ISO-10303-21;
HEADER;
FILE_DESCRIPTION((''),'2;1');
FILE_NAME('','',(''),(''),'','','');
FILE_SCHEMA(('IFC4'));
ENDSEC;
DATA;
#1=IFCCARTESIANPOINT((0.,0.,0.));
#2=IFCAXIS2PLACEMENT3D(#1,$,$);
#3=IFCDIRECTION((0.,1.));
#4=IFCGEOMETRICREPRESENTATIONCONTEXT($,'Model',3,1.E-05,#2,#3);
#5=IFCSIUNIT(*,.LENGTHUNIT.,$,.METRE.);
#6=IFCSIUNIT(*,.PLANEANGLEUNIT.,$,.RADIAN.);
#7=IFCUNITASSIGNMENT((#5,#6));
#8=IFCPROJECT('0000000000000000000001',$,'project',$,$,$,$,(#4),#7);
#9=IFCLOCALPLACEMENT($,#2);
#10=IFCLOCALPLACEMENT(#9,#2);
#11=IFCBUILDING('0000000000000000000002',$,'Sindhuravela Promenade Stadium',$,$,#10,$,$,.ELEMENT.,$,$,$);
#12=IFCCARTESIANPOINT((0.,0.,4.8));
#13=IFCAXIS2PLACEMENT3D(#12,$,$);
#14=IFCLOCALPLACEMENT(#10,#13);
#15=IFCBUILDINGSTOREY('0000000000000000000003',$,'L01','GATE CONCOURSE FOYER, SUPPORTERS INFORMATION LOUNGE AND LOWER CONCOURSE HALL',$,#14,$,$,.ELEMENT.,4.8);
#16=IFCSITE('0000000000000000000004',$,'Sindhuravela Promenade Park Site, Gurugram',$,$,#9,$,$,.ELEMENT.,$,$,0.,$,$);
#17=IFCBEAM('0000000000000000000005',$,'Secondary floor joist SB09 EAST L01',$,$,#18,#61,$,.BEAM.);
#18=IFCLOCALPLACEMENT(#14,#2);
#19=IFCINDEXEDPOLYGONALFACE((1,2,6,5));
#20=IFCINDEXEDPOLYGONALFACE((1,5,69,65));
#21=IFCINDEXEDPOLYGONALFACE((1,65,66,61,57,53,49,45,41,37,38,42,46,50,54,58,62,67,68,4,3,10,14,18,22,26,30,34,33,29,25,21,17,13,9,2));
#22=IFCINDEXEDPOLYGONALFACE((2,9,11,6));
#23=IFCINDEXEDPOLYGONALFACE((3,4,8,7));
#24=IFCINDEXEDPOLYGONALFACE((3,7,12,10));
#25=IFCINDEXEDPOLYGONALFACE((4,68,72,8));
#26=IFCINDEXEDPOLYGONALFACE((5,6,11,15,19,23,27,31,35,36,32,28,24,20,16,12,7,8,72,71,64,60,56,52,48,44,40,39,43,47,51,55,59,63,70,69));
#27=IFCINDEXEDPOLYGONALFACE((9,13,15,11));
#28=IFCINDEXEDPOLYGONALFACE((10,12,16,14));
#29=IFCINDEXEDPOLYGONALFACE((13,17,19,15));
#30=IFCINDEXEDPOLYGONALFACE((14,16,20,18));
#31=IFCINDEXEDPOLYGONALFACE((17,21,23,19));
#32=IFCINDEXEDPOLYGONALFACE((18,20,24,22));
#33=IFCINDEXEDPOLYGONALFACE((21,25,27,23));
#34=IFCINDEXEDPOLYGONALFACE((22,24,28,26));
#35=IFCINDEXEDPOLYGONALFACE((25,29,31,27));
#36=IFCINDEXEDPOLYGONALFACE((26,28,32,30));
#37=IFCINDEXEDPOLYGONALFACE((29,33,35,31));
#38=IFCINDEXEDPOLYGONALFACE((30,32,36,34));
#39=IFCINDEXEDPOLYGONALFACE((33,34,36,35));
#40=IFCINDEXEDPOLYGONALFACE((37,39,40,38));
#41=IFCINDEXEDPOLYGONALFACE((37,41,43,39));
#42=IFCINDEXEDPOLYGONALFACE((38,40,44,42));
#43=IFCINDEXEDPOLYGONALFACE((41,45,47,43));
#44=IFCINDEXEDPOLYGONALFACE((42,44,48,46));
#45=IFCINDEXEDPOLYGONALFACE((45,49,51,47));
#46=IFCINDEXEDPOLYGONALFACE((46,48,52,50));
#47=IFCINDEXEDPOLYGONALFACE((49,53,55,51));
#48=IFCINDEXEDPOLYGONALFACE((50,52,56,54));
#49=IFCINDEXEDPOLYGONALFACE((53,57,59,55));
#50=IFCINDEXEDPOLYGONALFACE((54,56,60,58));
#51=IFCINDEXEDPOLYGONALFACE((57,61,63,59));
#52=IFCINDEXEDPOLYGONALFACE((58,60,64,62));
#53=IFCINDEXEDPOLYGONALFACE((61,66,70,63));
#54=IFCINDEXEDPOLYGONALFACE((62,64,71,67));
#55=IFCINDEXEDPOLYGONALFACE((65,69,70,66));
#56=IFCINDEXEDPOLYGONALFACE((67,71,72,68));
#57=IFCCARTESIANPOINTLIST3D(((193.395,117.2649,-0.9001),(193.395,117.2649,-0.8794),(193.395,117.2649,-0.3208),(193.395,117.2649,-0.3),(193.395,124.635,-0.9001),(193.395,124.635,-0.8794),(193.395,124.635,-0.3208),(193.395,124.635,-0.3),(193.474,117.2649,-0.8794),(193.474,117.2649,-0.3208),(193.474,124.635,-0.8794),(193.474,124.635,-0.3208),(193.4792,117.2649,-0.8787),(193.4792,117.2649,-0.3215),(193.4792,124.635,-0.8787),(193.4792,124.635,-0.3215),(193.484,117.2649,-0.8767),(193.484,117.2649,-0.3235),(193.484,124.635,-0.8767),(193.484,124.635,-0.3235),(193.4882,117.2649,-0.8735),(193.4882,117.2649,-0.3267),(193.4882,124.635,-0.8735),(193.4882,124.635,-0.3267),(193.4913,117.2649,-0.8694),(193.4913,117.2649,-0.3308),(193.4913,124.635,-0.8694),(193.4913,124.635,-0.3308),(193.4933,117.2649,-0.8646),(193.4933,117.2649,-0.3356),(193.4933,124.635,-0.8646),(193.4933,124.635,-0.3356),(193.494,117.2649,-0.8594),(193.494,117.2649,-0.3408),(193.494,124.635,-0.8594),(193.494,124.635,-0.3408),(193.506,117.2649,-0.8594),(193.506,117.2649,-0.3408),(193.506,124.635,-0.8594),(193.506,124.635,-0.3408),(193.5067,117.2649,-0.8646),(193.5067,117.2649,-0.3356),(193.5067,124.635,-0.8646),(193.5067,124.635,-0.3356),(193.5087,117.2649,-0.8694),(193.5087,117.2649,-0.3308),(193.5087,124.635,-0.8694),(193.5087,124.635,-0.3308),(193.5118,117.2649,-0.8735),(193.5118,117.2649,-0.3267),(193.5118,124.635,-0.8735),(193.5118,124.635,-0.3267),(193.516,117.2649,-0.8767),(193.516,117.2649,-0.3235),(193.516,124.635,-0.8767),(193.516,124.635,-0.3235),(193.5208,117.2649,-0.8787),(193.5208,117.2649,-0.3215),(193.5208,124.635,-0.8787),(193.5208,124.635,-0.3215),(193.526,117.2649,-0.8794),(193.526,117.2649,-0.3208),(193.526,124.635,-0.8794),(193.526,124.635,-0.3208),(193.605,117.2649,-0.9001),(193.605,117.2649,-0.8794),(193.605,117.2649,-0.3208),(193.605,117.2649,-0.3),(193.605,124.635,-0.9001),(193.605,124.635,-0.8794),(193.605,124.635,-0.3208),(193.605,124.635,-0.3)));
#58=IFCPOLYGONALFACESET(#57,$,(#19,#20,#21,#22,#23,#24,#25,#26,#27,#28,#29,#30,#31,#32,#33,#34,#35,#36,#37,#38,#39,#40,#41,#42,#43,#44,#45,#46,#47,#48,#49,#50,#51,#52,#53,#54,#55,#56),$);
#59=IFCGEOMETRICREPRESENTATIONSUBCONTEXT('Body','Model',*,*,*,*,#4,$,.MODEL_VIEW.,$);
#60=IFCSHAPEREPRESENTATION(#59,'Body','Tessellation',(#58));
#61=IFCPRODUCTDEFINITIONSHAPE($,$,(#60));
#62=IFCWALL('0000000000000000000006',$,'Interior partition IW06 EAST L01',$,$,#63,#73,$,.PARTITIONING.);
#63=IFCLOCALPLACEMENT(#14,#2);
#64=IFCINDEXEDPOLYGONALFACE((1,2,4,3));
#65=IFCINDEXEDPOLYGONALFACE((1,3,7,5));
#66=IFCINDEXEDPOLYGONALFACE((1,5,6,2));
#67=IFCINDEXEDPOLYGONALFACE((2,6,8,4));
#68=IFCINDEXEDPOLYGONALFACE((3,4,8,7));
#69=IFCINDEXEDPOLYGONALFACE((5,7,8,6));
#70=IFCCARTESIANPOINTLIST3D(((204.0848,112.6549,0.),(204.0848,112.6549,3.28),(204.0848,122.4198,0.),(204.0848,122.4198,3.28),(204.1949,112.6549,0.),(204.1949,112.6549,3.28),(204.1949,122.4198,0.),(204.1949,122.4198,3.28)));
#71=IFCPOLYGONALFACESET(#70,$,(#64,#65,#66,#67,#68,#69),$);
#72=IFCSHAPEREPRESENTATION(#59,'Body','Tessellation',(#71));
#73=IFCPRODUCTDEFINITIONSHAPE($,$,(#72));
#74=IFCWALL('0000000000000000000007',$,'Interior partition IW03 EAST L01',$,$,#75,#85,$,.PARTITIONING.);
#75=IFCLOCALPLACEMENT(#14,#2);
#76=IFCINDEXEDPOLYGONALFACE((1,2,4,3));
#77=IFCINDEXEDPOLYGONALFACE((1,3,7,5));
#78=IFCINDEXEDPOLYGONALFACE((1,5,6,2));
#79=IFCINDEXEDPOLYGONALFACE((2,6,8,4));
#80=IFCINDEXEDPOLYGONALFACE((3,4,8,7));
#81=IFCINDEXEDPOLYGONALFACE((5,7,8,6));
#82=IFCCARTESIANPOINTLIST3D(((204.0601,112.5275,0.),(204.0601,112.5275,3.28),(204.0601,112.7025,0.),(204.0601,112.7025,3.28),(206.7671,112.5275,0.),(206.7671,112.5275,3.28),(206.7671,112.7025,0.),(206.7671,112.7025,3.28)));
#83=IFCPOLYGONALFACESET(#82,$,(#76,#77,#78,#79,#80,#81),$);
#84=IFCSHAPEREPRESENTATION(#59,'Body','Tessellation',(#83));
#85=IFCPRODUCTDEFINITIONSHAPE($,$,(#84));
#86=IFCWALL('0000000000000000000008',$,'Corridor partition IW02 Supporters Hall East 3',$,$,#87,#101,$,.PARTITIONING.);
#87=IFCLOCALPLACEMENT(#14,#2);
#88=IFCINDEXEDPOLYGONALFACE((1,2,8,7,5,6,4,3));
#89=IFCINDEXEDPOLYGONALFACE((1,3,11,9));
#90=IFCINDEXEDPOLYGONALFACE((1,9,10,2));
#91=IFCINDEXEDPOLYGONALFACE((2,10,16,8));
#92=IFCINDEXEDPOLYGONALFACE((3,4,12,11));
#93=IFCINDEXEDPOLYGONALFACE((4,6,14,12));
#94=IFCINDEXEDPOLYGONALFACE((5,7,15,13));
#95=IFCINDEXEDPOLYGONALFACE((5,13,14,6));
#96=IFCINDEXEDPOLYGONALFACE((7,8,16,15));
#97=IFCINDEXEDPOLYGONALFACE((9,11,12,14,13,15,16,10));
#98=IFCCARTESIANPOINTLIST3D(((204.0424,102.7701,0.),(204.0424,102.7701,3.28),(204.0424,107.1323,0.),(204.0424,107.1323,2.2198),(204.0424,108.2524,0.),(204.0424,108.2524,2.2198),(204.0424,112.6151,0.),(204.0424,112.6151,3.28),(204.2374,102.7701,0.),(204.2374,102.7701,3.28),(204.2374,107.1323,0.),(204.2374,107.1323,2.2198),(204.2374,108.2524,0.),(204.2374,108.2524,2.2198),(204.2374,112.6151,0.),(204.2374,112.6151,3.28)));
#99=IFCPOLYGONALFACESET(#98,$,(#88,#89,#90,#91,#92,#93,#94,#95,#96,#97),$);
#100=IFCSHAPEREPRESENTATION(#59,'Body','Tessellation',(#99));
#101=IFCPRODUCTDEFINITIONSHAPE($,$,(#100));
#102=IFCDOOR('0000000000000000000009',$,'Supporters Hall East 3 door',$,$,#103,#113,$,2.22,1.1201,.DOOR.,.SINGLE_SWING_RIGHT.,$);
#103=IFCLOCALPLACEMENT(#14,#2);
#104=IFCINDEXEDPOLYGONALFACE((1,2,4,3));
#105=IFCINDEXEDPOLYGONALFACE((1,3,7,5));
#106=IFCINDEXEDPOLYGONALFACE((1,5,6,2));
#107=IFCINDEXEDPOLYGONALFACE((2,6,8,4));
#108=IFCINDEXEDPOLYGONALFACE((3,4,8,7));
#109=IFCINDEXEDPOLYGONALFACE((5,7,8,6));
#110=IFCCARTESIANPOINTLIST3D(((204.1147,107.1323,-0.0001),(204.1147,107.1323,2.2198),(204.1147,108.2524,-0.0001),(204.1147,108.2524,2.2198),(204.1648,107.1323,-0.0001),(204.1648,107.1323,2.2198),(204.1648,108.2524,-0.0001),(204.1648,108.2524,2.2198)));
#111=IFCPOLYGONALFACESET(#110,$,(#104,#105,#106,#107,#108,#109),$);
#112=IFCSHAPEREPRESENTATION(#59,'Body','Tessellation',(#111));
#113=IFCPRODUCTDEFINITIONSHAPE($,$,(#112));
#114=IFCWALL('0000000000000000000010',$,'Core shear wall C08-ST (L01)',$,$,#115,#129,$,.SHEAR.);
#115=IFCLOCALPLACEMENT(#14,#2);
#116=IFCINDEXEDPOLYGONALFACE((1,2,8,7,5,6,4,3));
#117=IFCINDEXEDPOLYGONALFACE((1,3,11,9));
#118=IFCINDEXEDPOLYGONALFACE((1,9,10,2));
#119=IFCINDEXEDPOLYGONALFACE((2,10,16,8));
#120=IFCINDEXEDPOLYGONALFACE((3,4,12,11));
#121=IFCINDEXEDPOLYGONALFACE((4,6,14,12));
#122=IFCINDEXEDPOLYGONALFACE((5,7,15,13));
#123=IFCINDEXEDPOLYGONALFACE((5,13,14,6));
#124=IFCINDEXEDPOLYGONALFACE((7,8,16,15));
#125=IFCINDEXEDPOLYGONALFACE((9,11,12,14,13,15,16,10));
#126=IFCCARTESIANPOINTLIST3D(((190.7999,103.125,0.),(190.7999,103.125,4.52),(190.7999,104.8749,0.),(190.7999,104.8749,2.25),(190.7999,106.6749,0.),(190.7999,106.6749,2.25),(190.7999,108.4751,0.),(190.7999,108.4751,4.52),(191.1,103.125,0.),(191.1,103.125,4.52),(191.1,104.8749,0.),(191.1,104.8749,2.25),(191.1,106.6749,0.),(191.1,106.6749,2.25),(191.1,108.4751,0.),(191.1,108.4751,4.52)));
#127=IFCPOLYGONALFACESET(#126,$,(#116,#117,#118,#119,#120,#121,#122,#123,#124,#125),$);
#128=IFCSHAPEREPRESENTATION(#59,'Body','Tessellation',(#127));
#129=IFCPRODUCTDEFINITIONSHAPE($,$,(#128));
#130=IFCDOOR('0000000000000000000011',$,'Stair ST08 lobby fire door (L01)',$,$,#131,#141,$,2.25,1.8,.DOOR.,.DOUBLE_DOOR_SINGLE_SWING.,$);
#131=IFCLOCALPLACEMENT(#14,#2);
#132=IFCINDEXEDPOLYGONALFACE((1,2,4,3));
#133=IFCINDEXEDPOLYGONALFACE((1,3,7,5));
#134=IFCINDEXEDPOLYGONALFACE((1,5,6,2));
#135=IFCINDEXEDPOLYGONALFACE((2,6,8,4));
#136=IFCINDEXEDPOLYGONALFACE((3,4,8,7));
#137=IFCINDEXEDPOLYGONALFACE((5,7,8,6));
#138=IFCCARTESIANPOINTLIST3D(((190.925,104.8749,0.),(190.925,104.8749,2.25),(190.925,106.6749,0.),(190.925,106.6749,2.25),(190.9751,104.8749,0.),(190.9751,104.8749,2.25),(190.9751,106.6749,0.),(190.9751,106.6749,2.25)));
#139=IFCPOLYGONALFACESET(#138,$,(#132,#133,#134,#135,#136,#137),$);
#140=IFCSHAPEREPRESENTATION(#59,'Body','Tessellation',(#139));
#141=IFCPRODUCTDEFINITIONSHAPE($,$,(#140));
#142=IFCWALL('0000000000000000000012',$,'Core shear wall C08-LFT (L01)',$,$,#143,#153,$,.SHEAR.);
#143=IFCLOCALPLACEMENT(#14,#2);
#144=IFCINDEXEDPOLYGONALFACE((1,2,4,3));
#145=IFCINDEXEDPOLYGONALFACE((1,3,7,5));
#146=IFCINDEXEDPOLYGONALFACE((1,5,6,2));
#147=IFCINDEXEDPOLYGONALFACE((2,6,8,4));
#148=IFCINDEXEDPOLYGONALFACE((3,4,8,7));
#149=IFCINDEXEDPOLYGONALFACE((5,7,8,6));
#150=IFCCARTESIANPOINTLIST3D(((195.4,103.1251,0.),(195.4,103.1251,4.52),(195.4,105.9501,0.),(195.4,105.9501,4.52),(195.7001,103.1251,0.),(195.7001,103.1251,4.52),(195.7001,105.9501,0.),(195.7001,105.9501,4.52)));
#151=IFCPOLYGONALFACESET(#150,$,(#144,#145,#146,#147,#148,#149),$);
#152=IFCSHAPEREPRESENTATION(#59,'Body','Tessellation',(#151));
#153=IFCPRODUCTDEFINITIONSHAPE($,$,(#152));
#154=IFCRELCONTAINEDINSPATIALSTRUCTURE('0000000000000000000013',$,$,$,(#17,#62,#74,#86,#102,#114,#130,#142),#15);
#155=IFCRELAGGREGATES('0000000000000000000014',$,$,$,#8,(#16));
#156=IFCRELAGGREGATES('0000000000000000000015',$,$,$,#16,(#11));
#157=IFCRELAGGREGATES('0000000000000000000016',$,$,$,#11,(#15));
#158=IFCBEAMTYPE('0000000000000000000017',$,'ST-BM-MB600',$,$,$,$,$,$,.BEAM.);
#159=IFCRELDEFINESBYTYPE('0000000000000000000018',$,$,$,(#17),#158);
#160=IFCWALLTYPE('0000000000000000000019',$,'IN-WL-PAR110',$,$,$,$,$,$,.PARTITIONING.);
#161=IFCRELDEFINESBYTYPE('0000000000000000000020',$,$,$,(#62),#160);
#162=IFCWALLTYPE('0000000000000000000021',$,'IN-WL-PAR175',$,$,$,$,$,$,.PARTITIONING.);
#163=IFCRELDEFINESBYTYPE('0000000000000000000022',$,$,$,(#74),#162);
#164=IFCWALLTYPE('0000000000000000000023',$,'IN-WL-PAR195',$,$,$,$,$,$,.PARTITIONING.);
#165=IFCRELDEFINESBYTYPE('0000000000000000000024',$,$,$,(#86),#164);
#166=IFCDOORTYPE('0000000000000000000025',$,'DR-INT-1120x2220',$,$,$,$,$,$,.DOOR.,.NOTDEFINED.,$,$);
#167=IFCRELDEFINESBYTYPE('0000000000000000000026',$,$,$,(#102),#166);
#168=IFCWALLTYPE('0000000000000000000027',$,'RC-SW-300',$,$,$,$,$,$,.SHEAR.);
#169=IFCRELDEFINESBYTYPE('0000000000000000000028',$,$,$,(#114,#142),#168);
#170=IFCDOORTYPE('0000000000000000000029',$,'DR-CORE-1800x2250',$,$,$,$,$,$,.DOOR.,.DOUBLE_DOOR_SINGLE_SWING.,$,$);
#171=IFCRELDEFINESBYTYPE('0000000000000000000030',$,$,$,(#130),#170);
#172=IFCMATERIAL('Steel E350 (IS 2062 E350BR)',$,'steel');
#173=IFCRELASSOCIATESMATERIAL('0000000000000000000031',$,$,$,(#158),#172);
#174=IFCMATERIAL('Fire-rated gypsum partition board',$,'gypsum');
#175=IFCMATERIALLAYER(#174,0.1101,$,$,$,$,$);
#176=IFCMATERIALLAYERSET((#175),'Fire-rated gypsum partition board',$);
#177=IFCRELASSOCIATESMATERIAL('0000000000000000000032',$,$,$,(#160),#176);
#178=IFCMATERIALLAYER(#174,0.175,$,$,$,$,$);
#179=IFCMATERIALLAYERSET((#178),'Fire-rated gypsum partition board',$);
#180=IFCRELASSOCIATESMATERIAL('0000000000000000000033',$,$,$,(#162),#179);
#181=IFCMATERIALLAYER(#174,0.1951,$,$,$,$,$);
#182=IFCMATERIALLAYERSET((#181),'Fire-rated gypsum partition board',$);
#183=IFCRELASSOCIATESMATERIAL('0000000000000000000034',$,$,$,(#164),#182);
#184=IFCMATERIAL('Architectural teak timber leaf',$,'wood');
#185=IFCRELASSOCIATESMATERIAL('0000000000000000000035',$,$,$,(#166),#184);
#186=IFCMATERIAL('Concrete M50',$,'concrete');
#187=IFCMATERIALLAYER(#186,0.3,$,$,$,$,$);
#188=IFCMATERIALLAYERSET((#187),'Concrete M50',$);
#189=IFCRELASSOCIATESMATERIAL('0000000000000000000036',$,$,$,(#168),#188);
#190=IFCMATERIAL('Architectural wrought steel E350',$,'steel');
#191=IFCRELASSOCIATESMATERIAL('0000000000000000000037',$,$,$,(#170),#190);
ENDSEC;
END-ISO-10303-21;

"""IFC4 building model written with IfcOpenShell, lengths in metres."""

from ifc_helpers import new_model, si_unit, direction, frame, frame_2d, origin, origin_2d, place, context, subcontext, project, spatial, rectangle, i_section, extrude, material, layer, layer_set, material_profile, profile_set, type_object, element, fill, save


model = new_model("IFC4")

# Units and contexts
model_context = context("Model", 3, precision=1e-05, world=origin(), true_north=direction((0.0, 1.0)))
body_context = subcontext(model_context, "Body", "Model", "MODEL_VIEW")
ifc_project = project(units=[si_unit("LENGTHUNIT", "METRE"), si_unit("PLANEANGLEUNIT", "RADIAN")], contexts=[model_context])

# Site, building, storey
site_placement = place(None, origin())
site = spatial("IfcSite", under=ifc_project, at=site_placement, Name="Sindhuravela Promenade Park Site, Gurugram", CompositionType="ELEMENT", RefElevation=0.0)
building_placement = place(site_placement, origin())
building = spatial("IfcBuilding", under=site, at=building_placement, Name="Sindhuravela Promenade Stadium", CompositionType="ELEMENT")
storey_placement = place(building_placement, frame((0.0, 0.0, 4.8)))
storey = spatial("IfcBuildingStorey", under=building, at=storey_placement, Name="L01", Description="GATE CONCOURSE FOYER, SUPPORTERS INFORMATION LOUNGE AND LOWER CONCOURSE HALL", CompositionType="ELEMENT", Elevation=4.8)

# Shared definitions
ifc_material_1 = material(Name="Concrete M50", Category="concrete")

# Beam
ifc_material_2 = material(Name="Steel E350 (IS 2062 E350BR)", Category="steel")
ifc_material_profile_1 = material_profile(ifc_material_2, i_section(OverallWidth=0.21, OverallDepth=0.6001, WebThickness=0.012, FlangeThickness=0.0208, FilletRadius=0.02, at=origin_2d()), Name="ISMB 600")
ifc_profile_set_1 = profile_set([ifc_material_profile_1], Name="Steel E350 (IS 2062 E350BR)")
beam_type_1 = type_object("IfcBeamType", Name="ST-BM-MB600", PredefinedType="BEAM", material=ifc_profile_set_1)
beam_1_placement = place(storey_placement, frame((193.5, 117.2649, -0.6001), z_axis=(0.0, 1.0, 0.0), x_axis=(-1.0, 0.0, 0.0)))
element("IfcBeam", 1, at=beam_1_placement, inside=storey, type_object=beam_type_1, Name="Secondary floor joist SB09 EAST L01", PredefinedType="BEAM", context=body_context, shape_type="SweptSolid", body=[
    extrude(i_section(OverallWidth=0.21, OverallDepth=0.6001, WebThickness=0.012, FlangeThickness=0.0208, FilletRadius=0.02, at=origin_2d()), origin(), (0.0, 0.0, 1.0), 7.3701),
])

# Walls
ifc_material_3 = material(Name="Fire-rated gypsum partition board", Category="gypsum")
ifc_layer_1 = layer(ifc_material_3, 0.1101)
ifc_layer_set_1 = layer_set([ifc_layer_1], Name="Fire-rated gypsum partition board")
wall_type_1 = type_object("IfcWallType", Name="IN-WL-PAR110", PredefinedType="PARTITIONING", material=ifc_layer_set_1)
wall_1_placement = place(storey_placement, frame((204.1399, 112.655, 0.0), z_axis=(0.0, 0.0, 1.0), x_axis=(0.0, 1.0, 0.0)))
element("IfcWall", 2, at=wall_1_placement, inside=storey, type_object=wall_type_1, Name="Interior partition IW06 EAST L01", PredefinedType="PARTITIONING", context=body_context, shape_type="SweptSolid", body=[
    extrude(rectangle(XDim=9.7649, YDim=0.1101, at=frame_2d((4.8823, 0.0))), origin(), (0.0, 0.0, 1.0), 3.28),
])
ifc_layer_2 = layer(ifc_material_3, 0.175)
ifc_layer_set_2 = layer_set([ifc_layer_2], Name="Fire-rated gypsum partition board")
wall_type_2 = type_object("IfcWallType", Name="IN-WL-PAR175", PredefinedType="PARTITIONING", material=ifc_layer_set_2)
wall_2_placement = place(storey_placement, frame((204.0601, 112.615, 0.0), z_axis=(0.0, 0.0, 1.0), x_axis=(1.0, 0.0, 0.0)))
element("IfcWall", 3, at=wall_2_placement, inside=storey, type_object=wall_type_2, Name="Interior partition IW03 EAST L01", PredefinedType="PARTITIONING", context=body_context, shape_type="SweptSolid", body=[
    extrude(rectangle(XDim=2.707, YDim=0.175, at=frame_2d((1.3535, 0.0))), origin(), (0.0, 0.0, 1.0), 3.28),
])
ifc_layer_3 = layer(ifc_material_3, 0.1951)
ifc_layer_set_3 = layer_set([ifc_layer_3], Name="Fire-rated gypsum partition board")
wall_type_3 = type_object("IfcWallType", Name="IN-WL-PAR195", PredefinedType="PARTITIONING", material=ifc_layer_set_3)

# Walls, openings, doors
wall_3_placement = place(storey_placement, frame((204.1399, 112.615, 0.0), z_axis=(0.0, 0.0, 1.0), x_axis=(0.0, -1.0, 0.0)))
wall_3 = element("IfcWall", 4, at=wall_3_placement, inside=storey, type_object=wall_type_3, Name="Corridor partition IW02 Supporters Hall East 3", PredefinedType="PARTITIONING", context=body_context, shape_type="SweptSolid", body=[
    extrude(rectangle(XDim=9.845, YDim=0.1951, at=frame_2d((4.9224, 0.0))), origin(), (0.0, 0.0, 1.0), 3.28),
])
opening_1_placement = place(wall_3_placement, frame((4.3625, 0.0, 0.0)))
opening_1 = element("IfcOpeningElement", 5, at=opening_1_placement, cuts=wall_3, PredefinedType="OPENING", context=body_context, shape_type="SweptSolid", body=[
    extrude(rectangle(XDim=1.1201, YDim=2.22, at=frame_2d((0.5601, 1.1099))), frame((0.0, 0.1074, 0.0), z_axis=(0.0, -1.0, 0.0), x_axis=(1.0, 0.0, 0.0)), (0.0, 0.0, 1.0), 0.2151),
])
ifc_material_4 = material(Name="Architectural teak timber leaf", Category="wood")
door_type_1 = type_object("IfcDoorType", Name="DR-INT-1120x2220", OperationType="NOTDEFINED", PredefinedType="DOOR", material=ifc_material_4)
door_1_placement = place(opening_1_placement, origin())
door_1 = element("IfcDoor", 6, at=door_1_placement, inside=storey, type_object=door_type_1, Name="Supporters Hall East 3 door", OperationType="SINGLE_SWING_RIGHT", OverallHeight=2.22, OverallWidth=1.1201, PredefinedType="DOOR", context=body_context, shape_type="SweptSolid", body=[
    extrude(rectangle(XDim=1.1201, YDim=2.22, at=frame_2d((0.5601, 1.1099))), frame((0.0, 0.0249, 0.0), z_axis=(0.0, -1.0, 0.0), x_axis=(1.0, 0.0, 0.0)), (0.0, 0.0, 1.0), 0.05),
])
fill(opening_1, door_1)
ifc_layer_4 = layer(ifc_material_1, 0.3)
ifc_layer_set_4 = layer_set([ifc_layer_4], Name="Concrete M50")
wall_type_4 = type_object("IfcWallType", Name="RC-SW-300", PredefinedType="SHEAR", material=ifc_layer_set_4)
wall_4_placement = place(storey_placement, frame((190.95, 103.125, 0.0), z_axis=(0.0, 0.0, 1.0), x_axis=(0.0, 1.0, 0.0)))
wall_4 = element("IfcWall", 7, at=wall_4_placement, inside=storey, type_object=wall_type_4, Name="Core shear wall C08-ST (L01)", PredefinedType="SHEAR", context=body_context, shape_type="SweptSolid", body=[
    extrude(rectangle(XDim=5.3501, YDim=0.3, at=frame_2d((2.675, 0.0))), origin(), (0.0, 0.0, 1.0), 4.52),
])
opening_2_placement = place(wall_4_placement, frame((1.75, 0.0, 0.0)))
opening_2 = element("IfcOpeningElement", 8, at=opening_2_placement, cuts=wall_4, PredefinedType="OPENING", context=body_context, shape_type="SweptSolid", body=[
    extrude(rectangle(XDim=1.8, YDim=2.25, at=frame_2d((0.8999, 1.125))), frame((0.0, 0.1599, 0.0), z_axis=(0.0, -1.0, 0.0), x_axis=(1.0, 0.0, 0.0)), (0.0, 0.0, 1.0), 0.3201),
])
ifc_material_5 = material(Name="Architectural wrought steel E350", Category="steel")
door_type_2 = type_object("IfcDoorType", Name="DR-CORE-1800x2250", OperationType="DOUBLE_DOOR_SINGLE_SWING", PredefinedType="DOOR", material=ifc_material_5)
door_2_placement = place(opening_2_placement, origin())
door_2 = element("IfcDoor", 9, at=door_2_placement, inside=storey, type_object=door_type_2, Name="Stair ST08 lobby fire door (L01)", OperationType="DOUBLE_DOOR_SINGLE_SWING", OverallHeight=2.25, OverallWidth=1.8, PredefinedType="DOOR", context=body_context, shape_type="SweptSolid", body=[
    extrude(rectangle(XDim=1.8, YDim=2.25, at=frame_2d((0.8999, 1.125))), frame((0.0, 0.0249, 0.0), z_axis=(0.0, -1.0, 0.0), x_axis=(1.0, 0.0, 0.0)), (0.0, 0.0, 1.0), 0.05),
])
fill(opening_2, door_2)

# Wall
wall_5_placement = place(storey_placement, frame((195.55, 103.125, 0.0), z_axis=(0.0, 0.0, 1.0), x_axis=(0.0, 1.0, 0.0)))
element("IfcWall", 10, at=wall_5_placement, inside=storey, type_object=wall_type_4, Name="Core shear wall C08-LFT (L01)", PredefinedType="SHEAR", context=body_context, shape_type="SweptSolid", body=[
    extrude(rectangle(XDim=2.825, YDim=0.3, at=frame_2d((1.4126, 0.0))), origin(), (0.0, 0.0, 1.0), 4.52),
])

save(model, "model.ifc")
